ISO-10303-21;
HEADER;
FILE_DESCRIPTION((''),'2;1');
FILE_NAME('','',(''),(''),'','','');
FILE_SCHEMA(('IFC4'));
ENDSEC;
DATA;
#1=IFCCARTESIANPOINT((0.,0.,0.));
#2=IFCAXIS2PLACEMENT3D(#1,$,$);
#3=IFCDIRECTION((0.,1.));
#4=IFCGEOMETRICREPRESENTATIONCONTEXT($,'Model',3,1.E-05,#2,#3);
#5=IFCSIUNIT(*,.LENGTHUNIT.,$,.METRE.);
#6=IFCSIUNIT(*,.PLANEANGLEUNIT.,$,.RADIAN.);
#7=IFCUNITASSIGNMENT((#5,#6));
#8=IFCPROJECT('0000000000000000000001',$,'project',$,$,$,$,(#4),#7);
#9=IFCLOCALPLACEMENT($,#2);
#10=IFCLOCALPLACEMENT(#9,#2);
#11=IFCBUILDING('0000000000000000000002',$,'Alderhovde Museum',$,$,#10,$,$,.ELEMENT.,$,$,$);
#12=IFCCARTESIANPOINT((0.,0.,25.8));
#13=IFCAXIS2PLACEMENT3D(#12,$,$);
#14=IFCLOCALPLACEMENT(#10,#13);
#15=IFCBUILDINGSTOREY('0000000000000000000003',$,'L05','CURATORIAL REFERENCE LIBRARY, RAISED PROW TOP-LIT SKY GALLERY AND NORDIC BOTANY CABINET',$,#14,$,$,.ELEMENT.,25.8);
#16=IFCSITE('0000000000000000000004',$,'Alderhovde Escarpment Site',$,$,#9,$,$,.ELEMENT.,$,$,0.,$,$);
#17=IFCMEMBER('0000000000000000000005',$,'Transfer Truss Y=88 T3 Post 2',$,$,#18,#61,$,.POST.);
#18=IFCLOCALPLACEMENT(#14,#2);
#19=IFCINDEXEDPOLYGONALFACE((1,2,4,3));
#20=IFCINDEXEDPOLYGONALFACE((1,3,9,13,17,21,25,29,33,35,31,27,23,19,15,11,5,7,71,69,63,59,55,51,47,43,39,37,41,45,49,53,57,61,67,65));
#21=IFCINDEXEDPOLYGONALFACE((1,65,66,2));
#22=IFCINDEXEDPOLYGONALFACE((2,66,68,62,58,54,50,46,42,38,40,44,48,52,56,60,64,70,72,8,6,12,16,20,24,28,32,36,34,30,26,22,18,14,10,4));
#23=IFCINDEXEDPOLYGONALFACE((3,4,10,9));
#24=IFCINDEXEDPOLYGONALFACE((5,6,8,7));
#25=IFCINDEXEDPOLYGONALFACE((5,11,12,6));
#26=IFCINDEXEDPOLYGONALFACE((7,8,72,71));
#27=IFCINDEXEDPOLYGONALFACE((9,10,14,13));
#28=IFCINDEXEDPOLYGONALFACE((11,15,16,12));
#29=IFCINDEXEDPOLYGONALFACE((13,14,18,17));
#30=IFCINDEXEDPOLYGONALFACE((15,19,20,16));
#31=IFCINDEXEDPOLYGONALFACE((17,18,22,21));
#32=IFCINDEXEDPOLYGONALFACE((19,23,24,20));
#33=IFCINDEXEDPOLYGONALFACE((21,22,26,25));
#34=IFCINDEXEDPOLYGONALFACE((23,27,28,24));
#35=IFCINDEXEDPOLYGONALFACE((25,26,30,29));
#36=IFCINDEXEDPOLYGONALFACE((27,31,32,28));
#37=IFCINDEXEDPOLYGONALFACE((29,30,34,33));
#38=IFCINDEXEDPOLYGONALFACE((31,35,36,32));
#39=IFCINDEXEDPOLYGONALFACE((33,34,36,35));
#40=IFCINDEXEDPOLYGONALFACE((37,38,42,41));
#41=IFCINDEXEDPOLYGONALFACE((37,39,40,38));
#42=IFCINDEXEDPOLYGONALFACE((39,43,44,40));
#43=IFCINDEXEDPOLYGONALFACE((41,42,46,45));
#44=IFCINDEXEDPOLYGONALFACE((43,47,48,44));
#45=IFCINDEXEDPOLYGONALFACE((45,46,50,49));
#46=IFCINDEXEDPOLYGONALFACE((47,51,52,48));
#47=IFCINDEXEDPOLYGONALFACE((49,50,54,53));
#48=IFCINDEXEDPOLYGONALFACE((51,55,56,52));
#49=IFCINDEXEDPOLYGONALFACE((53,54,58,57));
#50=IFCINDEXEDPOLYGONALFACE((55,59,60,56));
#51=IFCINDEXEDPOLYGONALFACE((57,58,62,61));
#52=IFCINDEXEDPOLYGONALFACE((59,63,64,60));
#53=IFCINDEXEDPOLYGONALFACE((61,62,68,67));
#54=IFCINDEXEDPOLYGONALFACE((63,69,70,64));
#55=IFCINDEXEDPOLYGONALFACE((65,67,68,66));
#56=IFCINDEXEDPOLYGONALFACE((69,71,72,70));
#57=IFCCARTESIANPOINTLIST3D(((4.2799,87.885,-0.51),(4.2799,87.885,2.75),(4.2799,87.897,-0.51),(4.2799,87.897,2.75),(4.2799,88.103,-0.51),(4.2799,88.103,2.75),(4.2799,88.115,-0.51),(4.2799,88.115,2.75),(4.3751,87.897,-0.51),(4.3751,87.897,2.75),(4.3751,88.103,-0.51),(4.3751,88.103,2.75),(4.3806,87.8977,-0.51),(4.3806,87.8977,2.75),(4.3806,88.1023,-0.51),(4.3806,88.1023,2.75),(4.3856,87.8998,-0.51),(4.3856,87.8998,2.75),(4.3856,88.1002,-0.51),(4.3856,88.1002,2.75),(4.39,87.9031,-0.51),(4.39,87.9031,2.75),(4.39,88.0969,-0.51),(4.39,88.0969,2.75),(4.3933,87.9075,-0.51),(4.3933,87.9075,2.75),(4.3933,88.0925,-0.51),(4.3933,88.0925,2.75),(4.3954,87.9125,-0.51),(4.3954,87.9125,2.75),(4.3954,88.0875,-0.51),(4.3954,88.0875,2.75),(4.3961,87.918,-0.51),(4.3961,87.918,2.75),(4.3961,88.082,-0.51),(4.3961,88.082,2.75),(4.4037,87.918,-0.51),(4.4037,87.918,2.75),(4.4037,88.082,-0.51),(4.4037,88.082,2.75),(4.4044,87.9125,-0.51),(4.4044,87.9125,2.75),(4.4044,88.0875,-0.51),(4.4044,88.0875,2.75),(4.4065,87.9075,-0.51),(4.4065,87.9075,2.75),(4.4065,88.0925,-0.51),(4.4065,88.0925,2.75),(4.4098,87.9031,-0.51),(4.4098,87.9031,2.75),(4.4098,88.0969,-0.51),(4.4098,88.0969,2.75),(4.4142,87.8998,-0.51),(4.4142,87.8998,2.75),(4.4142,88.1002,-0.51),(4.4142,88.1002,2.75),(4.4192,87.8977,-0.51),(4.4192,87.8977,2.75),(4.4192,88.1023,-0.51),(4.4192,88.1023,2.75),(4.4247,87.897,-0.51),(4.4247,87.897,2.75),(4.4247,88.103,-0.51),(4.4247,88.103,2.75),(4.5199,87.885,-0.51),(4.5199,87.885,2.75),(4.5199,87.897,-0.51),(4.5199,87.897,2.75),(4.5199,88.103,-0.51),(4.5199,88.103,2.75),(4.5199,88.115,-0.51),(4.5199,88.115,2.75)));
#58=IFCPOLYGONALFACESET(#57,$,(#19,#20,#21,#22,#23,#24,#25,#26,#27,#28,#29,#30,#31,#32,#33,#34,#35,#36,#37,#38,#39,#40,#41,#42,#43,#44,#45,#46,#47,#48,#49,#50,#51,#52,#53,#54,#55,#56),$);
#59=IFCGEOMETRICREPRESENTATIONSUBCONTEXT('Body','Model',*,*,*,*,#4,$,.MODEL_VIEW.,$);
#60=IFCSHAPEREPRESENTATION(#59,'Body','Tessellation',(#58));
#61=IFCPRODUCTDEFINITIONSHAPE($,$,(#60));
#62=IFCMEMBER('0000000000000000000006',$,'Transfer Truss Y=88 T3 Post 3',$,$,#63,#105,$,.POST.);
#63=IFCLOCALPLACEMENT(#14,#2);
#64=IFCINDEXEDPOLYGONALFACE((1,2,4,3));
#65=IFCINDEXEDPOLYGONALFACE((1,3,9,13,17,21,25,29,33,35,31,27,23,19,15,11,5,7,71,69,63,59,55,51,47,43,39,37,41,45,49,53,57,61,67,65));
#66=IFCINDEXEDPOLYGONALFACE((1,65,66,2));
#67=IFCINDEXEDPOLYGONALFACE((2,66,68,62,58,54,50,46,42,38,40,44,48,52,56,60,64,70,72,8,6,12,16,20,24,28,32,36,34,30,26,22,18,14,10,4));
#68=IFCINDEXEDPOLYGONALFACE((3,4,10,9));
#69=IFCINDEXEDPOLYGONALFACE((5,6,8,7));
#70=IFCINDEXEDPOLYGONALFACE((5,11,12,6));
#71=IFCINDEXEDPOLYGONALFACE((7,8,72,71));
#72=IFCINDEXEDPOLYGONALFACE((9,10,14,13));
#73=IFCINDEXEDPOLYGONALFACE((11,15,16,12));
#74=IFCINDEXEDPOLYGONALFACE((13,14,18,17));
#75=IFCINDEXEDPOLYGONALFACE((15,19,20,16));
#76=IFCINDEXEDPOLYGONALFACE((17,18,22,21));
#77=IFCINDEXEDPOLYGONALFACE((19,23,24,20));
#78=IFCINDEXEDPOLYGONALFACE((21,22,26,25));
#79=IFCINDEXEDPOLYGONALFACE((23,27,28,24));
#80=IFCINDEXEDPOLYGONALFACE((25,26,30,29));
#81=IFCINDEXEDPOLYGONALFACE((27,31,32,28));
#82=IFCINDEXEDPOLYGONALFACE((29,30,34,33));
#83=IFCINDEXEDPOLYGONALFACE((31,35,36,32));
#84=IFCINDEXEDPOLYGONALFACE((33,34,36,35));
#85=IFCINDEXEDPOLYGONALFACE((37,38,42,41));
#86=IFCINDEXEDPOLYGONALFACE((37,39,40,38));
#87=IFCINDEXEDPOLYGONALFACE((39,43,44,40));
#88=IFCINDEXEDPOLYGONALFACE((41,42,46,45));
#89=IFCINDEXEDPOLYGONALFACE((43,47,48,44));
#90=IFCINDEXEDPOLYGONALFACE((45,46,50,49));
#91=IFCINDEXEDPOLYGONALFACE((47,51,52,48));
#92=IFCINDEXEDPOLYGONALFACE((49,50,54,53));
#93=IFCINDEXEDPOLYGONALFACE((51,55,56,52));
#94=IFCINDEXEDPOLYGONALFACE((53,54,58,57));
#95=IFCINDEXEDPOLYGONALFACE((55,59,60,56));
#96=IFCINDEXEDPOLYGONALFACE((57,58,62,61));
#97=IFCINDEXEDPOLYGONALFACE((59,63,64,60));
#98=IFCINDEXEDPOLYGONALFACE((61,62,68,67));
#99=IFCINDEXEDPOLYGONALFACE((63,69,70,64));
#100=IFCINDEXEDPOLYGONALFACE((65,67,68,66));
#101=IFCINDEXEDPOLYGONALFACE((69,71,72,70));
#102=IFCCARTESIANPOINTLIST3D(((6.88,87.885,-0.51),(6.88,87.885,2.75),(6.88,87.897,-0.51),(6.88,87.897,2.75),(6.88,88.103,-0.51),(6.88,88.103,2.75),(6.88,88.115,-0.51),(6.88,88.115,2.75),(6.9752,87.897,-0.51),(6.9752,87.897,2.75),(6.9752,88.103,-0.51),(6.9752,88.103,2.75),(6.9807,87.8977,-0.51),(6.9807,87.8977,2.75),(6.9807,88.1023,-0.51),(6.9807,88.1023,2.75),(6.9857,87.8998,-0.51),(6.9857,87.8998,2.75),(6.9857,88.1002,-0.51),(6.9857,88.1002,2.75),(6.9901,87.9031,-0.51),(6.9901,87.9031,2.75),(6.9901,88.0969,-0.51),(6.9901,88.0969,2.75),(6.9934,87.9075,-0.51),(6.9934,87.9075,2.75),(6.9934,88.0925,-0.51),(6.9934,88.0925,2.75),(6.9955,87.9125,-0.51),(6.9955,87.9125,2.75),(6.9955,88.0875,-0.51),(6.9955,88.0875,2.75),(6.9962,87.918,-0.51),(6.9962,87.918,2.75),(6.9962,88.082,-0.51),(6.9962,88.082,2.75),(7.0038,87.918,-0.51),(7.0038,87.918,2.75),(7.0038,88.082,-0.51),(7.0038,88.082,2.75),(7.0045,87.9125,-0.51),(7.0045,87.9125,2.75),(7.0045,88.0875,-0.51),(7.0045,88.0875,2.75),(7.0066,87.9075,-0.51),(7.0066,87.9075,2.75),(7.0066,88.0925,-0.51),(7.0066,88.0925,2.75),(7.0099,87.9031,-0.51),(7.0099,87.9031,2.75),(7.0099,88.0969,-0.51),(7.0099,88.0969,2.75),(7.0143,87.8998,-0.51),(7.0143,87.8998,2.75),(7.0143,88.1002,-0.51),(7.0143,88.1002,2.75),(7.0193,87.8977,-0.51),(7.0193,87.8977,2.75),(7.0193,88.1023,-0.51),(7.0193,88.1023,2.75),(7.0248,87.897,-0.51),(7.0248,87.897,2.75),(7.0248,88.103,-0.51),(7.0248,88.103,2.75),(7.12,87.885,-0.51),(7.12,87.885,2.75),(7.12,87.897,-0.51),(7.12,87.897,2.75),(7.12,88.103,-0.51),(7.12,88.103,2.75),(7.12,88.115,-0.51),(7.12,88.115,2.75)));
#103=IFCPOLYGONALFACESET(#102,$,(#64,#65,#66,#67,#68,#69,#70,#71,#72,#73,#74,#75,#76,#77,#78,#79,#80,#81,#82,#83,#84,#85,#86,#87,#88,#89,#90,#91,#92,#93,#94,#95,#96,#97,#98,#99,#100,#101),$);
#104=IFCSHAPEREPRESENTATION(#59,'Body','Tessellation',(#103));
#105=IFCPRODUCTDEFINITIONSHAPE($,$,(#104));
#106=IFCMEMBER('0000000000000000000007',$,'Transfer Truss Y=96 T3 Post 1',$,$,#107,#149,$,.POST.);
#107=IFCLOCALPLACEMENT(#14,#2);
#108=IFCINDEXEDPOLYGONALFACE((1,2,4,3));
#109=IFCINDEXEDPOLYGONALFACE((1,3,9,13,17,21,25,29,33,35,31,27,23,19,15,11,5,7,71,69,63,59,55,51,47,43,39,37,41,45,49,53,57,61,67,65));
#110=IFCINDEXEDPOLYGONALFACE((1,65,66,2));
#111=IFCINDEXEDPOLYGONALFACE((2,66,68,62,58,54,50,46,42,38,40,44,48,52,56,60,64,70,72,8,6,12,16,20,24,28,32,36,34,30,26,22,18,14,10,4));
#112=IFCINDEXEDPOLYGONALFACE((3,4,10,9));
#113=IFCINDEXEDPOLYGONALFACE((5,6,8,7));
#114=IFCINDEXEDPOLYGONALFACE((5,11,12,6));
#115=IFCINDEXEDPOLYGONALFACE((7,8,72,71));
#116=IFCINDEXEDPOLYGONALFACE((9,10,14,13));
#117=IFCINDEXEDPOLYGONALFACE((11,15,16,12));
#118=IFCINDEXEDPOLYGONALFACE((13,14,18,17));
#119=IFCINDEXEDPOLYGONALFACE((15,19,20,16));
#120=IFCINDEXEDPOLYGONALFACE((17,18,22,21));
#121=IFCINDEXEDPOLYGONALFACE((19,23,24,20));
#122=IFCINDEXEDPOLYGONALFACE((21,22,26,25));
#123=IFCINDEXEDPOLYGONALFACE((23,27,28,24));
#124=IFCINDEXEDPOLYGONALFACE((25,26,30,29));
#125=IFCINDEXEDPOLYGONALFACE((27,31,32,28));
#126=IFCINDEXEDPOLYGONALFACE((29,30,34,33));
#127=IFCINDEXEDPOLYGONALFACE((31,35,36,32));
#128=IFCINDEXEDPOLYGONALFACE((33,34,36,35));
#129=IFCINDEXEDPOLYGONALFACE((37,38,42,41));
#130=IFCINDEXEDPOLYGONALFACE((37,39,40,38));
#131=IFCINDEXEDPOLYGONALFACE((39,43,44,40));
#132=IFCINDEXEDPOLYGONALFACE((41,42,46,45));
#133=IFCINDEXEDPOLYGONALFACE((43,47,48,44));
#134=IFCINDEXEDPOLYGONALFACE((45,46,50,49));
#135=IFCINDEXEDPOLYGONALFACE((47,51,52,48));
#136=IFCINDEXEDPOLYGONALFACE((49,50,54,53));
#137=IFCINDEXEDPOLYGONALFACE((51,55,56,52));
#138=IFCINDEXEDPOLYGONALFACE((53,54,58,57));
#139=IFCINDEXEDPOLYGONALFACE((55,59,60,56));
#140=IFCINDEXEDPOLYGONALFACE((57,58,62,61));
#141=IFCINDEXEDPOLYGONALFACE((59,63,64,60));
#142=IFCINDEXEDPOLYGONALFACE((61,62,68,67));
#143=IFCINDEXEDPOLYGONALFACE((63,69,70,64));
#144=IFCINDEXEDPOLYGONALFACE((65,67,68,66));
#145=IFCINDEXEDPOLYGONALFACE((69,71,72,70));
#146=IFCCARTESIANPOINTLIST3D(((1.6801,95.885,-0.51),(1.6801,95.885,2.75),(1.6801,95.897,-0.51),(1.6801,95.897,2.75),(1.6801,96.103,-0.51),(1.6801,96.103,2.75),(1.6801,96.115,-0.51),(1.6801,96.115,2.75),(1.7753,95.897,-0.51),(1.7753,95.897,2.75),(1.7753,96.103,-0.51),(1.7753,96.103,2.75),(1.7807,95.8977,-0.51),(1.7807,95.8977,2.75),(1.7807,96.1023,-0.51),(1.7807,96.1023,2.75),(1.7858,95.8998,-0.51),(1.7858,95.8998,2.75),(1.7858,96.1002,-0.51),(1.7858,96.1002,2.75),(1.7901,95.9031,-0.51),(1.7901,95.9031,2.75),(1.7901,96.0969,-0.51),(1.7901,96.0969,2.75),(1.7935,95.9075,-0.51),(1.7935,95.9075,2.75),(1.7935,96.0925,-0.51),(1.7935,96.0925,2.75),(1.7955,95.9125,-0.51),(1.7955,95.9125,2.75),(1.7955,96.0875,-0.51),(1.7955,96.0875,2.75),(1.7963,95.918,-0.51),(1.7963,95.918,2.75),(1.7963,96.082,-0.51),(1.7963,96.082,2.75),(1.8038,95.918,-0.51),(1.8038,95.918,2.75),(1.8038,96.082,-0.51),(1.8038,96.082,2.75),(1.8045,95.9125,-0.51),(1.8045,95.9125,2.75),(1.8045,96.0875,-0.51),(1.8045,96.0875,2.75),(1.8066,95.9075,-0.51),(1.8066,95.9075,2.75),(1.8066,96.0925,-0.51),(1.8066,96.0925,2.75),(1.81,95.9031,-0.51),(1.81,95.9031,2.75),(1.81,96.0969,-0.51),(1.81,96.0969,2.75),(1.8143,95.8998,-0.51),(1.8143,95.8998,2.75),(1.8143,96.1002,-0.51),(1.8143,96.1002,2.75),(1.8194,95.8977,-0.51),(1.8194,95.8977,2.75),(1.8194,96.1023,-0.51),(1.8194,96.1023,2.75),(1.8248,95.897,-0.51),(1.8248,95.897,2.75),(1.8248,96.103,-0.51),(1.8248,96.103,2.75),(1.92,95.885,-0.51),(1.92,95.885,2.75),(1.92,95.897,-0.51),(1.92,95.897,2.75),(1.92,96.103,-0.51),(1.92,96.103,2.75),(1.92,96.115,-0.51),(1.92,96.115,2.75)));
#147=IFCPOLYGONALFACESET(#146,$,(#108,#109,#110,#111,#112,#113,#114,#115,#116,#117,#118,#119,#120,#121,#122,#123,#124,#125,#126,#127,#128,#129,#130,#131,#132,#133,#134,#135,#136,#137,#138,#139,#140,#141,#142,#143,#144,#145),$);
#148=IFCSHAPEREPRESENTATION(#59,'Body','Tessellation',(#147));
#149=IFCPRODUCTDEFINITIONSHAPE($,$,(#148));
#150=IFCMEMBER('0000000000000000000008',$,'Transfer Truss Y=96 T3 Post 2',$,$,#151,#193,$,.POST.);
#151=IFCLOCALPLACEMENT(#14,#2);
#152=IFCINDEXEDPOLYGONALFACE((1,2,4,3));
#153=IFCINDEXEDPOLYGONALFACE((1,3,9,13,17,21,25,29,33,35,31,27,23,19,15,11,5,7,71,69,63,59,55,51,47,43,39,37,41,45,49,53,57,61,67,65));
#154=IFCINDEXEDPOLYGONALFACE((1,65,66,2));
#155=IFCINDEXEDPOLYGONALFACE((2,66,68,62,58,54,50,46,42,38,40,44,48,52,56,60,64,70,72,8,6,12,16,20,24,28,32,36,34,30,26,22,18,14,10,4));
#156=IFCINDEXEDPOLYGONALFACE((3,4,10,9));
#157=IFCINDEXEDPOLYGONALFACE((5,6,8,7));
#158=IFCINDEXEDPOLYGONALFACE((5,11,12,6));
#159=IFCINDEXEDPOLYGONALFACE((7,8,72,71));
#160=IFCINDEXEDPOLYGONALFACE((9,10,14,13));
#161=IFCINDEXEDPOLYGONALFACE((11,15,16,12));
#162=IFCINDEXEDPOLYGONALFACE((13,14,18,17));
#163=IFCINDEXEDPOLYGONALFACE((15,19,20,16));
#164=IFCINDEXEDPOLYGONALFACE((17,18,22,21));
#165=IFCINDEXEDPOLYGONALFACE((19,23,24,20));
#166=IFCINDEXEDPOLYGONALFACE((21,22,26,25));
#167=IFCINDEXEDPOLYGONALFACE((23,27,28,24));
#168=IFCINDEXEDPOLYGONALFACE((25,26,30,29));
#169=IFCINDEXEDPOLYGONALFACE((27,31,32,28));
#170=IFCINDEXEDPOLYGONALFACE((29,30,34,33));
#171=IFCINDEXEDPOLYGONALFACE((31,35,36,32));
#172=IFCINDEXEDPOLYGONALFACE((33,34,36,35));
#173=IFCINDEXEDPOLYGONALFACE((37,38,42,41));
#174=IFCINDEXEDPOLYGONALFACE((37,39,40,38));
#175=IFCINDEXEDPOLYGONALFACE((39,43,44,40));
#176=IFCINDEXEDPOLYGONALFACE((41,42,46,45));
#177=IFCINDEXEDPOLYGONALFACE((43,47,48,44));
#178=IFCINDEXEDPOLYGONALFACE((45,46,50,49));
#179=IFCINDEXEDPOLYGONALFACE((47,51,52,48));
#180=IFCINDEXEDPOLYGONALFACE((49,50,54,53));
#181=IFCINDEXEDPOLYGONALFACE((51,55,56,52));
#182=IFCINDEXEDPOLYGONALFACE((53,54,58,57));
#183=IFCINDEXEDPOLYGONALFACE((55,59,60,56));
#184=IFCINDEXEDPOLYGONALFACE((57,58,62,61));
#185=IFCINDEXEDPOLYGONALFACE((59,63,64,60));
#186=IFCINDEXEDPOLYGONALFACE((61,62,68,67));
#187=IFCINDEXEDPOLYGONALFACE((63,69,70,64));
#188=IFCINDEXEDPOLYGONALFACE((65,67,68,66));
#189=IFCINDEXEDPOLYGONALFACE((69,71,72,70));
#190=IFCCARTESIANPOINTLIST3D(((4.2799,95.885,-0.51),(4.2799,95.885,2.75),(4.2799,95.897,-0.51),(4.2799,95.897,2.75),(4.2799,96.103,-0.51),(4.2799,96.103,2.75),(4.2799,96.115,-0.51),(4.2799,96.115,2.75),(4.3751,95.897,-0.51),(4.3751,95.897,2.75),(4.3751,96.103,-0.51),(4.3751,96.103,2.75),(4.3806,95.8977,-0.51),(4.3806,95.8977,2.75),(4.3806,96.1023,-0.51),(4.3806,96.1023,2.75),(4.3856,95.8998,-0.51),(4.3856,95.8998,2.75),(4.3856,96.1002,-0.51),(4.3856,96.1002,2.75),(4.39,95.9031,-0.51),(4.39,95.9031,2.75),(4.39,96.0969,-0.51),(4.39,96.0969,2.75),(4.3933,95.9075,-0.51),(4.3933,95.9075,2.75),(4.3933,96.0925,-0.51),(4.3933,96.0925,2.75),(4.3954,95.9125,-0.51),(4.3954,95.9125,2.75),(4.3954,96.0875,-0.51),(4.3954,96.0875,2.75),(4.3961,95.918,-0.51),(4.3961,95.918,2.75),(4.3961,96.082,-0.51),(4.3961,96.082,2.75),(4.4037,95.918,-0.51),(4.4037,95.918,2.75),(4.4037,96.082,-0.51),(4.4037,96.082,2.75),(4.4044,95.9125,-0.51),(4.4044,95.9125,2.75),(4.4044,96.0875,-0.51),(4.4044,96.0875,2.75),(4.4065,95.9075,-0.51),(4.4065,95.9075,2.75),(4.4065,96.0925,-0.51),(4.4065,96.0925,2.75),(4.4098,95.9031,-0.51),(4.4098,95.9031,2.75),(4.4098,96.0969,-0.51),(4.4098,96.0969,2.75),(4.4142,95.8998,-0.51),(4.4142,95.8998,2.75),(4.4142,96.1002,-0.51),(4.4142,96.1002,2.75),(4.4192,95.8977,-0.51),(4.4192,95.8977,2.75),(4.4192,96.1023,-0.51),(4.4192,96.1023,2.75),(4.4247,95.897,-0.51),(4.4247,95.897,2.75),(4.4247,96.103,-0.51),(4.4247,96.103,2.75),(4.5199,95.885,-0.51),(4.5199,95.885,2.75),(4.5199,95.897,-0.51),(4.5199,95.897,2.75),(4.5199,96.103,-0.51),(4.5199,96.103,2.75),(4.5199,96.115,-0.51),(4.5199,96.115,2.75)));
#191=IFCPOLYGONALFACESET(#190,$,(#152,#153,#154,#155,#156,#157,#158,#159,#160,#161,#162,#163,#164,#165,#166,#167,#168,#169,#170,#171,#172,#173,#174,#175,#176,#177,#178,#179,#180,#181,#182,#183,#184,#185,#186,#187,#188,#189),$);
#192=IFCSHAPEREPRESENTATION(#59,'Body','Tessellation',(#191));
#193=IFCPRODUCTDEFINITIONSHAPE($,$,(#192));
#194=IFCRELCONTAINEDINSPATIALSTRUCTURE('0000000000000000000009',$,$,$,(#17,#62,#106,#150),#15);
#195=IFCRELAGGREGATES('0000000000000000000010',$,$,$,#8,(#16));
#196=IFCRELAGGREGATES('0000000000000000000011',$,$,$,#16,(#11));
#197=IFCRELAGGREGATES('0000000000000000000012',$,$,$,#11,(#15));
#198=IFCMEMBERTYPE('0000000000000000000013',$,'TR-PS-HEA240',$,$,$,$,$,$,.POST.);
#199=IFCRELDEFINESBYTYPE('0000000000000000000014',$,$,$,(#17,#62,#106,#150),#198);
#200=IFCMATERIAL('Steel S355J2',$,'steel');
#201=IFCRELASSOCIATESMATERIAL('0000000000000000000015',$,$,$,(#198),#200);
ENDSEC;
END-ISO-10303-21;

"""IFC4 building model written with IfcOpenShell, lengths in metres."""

from ifc_helpers import new_model, si_unit, direction, frame, origin, origin_2d, place, context, subcontext, project, spatial, i_section, extrude, material, material_profile, profile_set, type_object, element, save


model = new_model("IFC4")

# Units and contexts
model_context = context("Model", 3, precision=1e-05, world=origin(), true_north=direction((0.0, 1.0)))
body_context = subcontext(model_context, "Body", "Model", "MODEL_VIEW")
ifc_project = project(units=[si_unit("LENGTHUNIT", "METRE"), si_unit("PLANEANGLEUNIT", "RADIAN")], contexts=[model_context])

# Site, building, storey
site_placement = place(None, origin())
site = spatial("IfcSite", under=ifc_project, at=site_placement, Name="Alderhovde Escarpment Site", CompositionType="ELEMENT", RefElevation=0.0)
building_placement = place(site_placement, origin())
building = spatial("IfcBuilding", under=site, at=building_placement, Name="Alderhovde Museum", CompositionType="ELEMENT")
storey_placement = place(building_placement, frame((0.0, 0.0, 25.8)))
storey = spatial("IfcBuildingStorey", under=building, at=storey_placement, Name="L05", Description="CURATORIAL REFERENCE LIBRARY, RAISED PROW TOP-LIT SKY GALLERY AND NORDIC BOTANY CABINET", CompositionType="ELEMENT", Elevation=25.8)

# Members
ifc_material_1 = material(Name="Steel S355J2", Category="steel")
ifc_material_profile_1 = material_profile(ifc_material_1, i_section(OverallWidth=0.24, OverallDepth=0.23, WebThickness=0.0076, FlangeThickness=0.012, FilletRadius=0.021, at=origin_2d()), Name="HEA 240")
ifc_profile_set_1 = profile_set([ifc_material_profile_1], Name="Steel S355J2")
member_type_1 = type_object("IfcMemberType", Name="TR-PS-HEA240", PredefinedType="POST", material=ifc_profile_set_1)
for number, where, z_axis, x_axis, name in (
    (1, (4.3999, 88.0, -0.51), (0.0, 0.0, 1.0), (1.0, 0.0, 0.0), "Transfer Truss Y=88 T3 Post 2"),
    (2, (7.0, 88.0, -0.51), (0.0, 0.0, 1.0), (1.0, 0.0, 0.0), "Transfer Truss Y=88 T3 Post 3"),
    (3, (1.8, 96.0, -0.51), (0.0, 0.0, 1.0), (1.0, 0.0, 0.0), "Transfer Truss Y=96 T3 Post 1"),
    (4, (4.3999, 96.0, -0.51), (0.0, 0.0, 1.0), (1.0, 0.0, 0.0), "Transfer Truss Y=96 T3 Post 2"),
):
    element("IfcMember", number, at=place(storey_placement, frame(where, z_axis=z_axis, x_axis=x_axis)), inside=storey, type_object=member_type_1, Name=name, PredefinedType="POST", context=body_context, shape_type="SweptSolid", body=[
        extrude(i_section(OverallWidth=0.24, OverallDepth=0.23, WebThickness=0.0076, FlangeThickness=0.012, FilletRadius=0.021, at=origin_2d()), origin(), (0.0, 0.0, 1.0), 3.26),
    ])

save(model, "model.ifc")
